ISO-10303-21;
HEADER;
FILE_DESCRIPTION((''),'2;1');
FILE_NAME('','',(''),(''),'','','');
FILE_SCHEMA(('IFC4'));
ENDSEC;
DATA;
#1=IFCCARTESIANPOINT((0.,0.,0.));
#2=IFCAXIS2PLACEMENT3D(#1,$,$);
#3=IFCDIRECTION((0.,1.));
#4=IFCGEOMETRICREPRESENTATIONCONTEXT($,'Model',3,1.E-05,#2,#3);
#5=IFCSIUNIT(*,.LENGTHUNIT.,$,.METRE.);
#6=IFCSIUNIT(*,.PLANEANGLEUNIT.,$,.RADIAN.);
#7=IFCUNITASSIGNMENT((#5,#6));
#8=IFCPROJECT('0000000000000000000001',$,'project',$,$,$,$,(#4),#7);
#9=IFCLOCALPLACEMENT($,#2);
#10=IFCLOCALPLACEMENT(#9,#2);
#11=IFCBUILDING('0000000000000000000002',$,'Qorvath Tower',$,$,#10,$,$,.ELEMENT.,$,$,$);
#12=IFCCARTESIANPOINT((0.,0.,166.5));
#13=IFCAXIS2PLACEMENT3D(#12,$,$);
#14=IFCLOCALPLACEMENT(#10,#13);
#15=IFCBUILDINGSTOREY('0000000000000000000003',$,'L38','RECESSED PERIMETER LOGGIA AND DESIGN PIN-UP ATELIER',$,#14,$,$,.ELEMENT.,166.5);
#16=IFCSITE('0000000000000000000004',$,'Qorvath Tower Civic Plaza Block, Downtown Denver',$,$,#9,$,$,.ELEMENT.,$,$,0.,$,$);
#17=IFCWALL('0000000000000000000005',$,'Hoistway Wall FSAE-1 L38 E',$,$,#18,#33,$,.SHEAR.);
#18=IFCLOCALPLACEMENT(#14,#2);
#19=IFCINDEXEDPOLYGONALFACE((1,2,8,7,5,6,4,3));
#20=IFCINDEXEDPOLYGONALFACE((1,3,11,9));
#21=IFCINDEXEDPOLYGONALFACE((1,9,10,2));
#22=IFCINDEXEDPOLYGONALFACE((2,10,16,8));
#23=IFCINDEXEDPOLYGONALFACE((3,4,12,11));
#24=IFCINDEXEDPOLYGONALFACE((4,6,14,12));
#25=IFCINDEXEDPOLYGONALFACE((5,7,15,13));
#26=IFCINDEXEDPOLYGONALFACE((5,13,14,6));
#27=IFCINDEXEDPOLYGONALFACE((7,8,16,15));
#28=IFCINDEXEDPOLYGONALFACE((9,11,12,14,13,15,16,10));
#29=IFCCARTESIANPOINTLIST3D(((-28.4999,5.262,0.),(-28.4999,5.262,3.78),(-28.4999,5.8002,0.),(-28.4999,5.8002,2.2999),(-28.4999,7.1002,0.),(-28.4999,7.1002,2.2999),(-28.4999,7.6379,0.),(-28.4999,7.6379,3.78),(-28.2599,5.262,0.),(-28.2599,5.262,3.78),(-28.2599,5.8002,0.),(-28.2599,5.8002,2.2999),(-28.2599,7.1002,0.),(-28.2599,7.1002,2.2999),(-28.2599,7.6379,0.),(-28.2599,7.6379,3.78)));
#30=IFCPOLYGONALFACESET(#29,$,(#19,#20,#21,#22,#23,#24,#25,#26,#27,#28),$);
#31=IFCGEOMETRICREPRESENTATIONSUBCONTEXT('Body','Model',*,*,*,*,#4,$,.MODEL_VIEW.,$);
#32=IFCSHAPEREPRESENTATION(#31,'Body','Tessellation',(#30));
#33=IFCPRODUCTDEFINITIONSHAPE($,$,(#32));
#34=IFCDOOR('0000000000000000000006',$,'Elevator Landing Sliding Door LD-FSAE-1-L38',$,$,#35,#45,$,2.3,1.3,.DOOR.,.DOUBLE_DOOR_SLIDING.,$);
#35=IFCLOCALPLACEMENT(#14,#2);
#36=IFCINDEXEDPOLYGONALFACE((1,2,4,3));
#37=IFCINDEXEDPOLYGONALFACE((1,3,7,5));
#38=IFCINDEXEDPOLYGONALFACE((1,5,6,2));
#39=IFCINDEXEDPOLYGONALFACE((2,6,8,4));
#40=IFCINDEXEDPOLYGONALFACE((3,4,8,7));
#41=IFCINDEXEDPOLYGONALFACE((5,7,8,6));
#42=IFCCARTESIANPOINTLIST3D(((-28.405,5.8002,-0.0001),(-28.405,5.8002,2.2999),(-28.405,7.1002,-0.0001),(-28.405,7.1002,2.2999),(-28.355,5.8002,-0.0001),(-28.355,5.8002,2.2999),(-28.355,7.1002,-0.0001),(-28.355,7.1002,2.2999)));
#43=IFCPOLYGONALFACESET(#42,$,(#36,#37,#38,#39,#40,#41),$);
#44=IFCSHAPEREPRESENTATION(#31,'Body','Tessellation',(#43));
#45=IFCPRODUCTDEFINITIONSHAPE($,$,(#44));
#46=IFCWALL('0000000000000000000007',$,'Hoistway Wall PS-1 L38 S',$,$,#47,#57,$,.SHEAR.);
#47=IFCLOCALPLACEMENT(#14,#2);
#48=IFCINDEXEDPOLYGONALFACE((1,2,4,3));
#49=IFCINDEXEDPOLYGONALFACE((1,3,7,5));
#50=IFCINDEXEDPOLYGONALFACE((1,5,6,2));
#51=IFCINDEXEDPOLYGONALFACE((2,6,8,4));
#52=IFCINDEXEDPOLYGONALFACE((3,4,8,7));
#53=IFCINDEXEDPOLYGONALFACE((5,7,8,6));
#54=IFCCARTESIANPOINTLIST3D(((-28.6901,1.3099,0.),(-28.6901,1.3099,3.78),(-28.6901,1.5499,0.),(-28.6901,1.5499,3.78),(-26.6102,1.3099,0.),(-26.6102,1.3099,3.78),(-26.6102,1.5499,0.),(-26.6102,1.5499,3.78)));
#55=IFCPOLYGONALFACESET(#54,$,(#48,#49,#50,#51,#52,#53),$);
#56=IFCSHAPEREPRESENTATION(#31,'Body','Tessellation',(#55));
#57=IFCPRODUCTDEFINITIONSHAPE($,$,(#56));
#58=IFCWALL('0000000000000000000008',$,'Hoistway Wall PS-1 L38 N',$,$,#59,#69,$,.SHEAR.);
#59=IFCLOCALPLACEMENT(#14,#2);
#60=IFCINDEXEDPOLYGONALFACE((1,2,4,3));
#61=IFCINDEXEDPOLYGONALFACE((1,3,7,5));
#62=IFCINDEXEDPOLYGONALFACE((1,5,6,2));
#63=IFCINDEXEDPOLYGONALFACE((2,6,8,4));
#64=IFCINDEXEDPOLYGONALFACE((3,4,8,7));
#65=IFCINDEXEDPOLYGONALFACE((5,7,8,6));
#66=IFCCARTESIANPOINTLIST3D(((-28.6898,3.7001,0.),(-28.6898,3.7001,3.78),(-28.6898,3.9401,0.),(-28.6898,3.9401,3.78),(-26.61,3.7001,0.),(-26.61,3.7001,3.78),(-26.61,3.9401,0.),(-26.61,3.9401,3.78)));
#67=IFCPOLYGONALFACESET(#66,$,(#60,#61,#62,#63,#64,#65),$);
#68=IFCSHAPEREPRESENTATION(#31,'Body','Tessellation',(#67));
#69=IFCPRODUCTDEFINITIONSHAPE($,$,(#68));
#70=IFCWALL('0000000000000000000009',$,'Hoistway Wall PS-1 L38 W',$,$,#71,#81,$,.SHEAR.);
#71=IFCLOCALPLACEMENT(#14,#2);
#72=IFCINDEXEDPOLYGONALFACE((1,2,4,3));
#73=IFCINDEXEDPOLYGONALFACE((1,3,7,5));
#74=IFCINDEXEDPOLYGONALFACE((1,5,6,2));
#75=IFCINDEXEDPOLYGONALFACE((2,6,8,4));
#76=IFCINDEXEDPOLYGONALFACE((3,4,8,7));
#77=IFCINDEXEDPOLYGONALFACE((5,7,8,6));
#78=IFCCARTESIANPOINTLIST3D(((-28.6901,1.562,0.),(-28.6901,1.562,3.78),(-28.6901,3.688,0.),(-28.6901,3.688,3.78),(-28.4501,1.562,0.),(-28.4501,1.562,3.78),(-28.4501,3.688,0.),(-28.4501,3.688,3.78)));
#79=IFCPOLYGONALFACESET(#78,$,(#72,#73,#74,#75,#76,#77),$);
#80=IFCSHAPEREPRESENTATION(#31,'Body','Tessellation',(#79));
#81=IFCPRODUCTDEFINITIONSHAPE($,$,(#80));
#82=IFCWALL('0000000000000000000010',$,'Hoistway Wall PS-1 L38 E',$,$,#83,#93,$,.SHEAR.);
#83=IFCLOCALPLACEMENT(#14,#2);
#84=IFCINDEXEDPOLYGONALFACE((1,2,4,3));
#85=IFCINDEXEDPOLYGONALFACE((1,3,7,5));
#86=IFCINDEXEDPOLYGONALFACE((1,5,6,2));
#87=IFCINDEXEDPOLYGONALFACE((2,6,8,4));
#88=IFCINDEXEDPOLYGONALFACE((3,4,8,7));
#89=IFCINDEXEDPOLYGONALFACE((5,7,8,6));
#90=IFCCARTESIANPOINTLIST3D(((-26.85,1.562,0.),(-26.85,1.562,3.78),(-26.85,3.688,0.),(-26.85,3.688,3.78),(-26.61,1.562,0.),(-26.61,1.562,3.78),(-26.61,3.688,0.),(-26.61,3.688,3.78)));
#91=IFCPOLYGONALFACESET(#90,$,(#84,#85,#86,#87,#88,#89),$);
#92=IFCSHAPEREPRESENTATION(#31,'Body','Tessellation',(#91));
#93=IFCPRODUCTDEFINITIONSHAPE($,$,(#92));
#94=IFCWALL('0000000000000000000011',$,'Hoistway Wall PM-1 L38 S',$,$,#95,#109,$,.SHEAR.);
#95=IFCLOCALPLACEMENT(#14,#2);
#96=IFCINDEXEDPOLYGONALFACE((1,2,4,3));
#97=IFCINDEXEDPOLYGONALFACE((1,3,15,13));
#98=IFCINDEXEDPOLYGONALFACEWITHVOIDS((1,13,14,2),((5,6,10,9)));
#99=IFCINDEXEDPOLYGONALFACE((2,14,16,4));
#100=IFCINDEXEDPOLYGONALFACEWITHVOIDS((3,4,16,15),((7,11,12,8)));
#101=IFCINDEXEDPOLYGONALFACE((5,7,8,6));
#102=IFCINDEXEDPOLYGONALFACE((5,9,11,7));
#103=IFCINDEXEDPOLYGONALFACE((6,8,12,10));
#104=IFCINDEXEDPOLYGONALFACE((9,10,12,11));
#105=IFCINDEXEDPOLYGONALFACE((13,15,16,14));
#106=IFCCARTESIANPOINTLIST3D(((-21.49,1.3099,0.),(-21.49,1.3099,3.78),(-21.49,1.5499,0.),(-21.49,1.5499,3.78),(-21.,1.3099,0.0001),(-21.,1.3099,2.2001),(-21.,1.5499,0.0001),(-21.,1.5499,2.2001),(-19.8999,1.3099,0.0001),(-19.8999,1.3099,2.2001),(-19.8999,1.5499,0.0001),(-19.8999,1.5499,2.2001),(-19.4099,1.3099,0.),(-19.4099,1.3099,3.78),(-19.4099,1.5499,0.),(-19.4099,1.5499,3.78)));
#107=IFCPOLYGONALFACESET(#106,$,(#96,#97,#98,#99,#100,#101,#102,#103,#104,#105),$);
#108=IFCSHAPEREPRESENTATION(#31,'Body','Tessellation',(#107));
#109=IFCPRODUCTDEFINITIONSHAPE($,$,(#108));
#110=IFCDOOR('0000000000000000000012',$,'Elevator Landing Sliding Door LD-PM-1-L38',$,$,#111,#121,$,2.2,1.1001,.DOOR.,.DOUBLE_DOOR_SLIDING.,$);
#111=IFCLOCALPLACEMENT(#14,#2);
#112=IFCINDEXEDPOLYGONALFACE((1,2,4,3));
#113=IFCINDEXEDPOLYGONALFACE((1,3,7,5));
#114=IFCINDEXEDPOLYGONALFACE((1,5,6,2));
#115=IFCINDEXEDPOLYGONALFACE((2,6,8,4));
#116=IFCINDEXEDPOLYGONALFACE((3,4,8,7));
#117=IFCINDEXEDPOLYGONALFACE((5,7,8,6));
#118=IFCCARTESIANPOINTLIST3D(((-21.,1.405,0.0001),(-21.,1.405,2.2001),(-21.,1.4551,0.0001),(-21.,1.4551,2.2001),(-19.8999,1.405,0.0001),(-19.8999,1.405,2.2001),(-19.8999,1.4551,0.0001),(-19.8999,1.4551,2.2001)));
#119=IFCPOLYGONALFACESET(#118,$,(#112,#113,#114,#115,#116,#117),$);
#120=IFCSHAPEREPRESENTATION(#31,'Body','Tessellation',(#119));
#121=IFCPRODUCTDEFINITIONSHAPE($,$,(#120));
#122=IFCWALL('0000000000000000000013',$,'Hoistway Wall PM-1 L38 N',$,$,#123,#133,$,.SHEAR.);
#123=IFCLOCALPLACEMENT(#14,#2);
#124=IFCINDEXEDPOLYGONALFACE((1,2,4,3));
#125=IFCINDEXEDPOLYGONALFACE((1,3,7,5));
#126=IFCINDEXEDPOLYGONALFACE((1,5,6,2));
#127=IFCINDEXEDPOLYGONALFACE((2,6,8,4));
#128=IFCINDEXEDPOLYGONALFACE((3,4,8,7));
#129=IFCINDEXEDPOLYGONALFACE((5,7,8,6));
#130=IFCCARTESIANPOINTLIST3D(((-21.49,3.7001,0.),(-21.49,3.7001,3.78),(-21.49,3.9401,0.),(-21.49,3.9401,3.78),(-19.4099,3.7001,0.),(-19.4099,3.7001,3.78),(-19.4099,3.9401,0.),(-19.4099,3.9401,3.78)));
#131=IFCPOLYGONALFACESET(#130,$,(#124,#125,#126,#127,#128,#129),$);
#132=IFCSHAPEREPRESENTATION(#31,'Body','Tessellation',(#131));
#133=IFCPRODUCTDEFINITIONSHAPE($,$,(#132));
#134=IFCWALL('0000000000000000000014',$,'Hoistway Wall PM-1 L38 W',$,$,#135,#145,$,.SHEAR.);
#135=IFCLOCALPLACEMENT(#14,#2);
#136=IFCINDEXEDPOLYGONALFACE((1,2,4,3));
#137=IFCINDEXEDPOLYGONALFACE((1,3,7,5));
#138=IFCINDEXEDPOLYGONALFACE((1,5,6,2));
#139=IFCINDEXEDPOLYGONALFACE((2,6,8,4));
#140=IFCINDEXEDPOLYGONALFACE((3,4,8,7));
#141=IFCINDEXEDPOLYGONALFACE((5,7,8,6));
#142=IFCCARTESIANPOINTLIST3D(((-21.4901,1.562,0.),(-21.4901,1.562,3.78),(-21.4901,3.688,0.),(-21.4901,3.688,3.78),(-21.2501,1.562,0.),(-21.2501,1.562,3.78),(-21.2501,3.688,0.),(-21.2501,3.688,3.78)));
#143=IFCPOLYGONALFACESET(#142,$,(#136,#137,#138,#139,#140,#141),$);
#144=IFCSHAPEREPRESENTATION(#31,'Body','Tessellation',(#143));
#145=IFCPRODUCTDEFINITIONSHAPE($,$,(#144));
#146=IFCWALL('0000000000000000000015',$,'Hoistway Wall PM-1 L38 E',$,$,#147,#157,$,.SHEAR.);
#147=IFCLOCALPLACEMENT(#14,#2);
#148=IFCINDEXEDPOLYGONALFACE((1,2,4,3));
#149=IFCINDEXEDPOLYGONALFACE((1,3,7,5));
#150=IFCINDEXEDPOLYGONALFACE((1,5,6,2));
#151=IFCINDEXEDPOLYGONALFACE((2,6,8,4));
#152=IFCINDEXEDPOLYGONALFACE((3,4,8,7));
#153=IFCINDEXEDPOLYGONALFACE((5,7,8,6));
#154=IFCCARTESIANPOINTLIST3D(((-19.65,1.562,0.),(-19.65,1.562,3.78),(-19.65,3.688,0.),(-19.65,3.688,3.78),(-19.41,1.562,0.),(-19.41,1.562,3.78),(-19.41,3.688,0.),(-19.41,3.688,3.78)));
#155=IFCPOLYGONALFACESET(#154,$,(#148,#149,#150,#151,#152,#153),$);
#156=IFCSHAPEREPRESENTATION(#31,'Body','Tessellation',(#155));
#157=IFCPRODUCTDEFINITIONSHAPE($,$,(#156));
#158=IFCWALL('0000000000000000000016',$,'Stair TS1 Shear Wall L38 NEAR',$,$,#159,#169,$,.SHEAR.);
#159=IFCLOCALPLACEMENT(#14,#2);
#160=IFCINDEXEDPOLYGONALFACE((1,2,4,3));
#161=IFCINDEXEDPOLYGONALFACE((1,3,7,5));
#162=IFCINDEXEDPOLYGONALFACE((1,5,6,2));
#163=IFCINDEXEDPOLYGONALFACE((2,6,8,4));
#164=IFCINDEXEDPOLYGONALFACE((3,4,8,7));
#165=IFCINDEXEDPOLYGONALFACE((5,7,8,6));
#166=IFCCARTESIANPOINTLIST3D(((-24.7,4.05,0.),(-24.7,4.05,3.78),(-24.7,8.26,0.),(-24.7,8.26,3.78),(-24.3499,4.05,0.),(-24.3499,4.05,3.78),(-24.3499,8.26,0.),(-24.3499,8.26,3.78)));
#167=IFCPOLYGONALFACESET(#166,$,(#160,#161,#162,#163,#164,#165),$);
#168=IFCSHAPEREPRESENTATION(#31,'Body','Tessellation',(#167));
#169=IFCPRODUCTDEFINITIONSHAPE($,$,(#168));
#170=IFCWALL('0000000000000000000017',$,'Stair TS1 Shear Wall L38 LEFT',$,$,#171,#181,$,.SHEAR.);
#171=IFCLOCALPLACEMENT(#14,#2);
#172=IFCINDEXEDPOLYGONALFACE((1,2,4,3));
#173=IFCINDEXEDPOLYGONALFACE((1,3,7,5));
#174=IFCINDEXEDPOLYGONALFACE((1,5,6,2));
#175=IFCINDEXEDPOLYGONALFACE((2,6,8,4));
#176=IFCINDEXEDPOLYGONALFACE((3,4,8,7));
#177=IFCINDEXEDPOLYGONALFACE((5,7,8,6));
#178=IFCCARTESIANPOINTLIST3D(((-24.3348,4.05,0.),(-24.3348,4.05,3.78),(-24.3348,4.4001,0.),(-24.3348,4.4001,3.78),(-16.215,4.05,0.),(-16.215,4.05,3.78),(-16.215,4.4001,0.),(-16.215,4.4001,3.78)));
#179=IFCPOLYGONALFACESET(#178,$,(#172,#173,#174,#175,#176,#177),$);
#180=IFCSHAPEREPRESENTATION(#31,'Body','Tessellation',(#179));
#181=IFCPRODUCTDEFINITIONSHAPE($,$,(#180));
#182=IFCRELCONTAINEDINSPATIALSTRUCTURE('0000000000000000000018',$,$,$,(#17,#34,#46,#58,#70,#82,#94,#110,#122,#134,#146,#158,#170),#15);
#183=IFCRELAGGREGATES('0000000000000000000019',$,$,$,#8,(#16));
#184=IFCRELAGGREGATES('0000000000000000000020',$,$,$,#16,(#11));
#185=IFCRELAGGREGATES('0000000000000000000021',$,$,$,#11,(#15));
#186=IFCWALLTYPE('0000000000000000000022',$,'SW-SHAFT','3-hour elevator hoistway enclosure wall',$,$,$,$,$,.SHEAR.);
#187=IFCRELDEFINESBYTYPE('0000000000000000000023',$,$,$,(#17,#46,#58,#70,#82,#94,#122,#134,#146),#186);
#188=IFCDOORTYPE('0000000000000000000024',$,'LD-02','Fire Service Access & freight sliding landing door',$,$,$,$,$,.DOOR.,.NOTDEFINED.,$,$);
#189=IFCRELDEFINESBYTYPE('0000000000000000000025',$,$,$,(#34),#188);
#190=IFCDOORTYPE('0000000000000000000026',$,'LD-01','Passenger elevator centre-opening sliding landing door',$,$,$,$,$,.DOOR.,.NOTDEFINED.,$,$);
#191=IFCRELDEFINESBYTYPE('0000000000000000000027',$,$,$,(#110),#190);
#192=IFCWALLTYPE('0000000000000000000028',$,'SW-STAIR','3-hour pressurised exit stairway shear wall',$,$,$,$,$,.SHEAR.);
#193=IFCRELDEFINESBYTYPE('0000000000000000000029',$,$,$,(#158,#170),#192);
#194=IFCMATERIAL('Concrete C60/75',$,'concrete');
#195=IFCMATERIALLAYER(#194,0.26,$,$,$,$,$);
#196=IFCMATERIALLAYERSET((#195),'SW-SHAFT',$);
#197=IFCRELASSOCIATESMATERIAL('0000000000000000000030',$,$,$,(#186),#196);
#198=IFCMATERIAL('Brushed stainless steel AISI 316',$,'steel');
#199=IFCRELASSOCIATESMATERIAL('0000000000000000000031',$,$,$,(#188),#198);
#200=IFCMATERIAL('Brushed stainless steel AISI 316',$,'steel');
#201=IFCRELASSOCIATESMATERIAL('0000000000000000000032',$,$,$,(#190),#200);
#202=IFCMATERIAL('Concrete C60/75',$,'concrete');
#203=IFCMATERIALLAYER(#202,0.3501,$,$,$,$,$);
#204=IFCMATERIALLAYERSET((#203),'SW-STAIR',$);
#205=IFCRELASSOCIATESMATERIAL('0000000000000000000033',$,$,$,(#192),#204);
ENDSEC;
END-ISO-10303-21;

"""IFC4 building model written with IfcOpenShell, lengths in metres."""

from ifc_helpers import new_model, si_unit, direction, frame, frame_2d, origin, place, context, subcontext, project, spatial, rectangle, extrude, material, layer, layer_set, type_object, element, fill, save


model = new_model("IFC4")

# Units and contexts
model_context = context("Model", 3, precision=1e-05, world=origin(), true_north=direction((0.0, 1.0)))
body_context = subcontext(model_context, "Body", "Model", "MODEL_VIEW")
ifc_project = project(units=[si_unit("LENGTHUNIT", "METRE"), si_unit("PLANEANGLEUNIT", "RADIAN")], contexts=[model_context])

# Site, building, storey
site_placement = place(None, origin())
site = spatial("IfcSite", under=ifc_project, at=site_placement, Name="Qorvath Tower Civic Plaza Block, Downtown Denver", CompositionType="ELEMENT", RefElevation=0.0)
building_placement = place(site_placement, origin())
building = spatial("IfcBuilding", under=site, at=building_placement, Name="Qorvath Tower", CompositionType="ELEMENT")
storey_placement = place(building_placement, frame((0.0, 0.0, 166.5)))
storey = spatial("IfcBuildingStorey", under=building, at=storey_placement, Name="L38", Description="RECESSED PERIMETER LOGGIA AND DESIGN PIN-UP ATELIER", CompositionType="ELEMENT", Elevation=166.5)

# Shared definitions
ifc_material_1 = material(Name="Concrete C60/75", Category="concrete")
ifc_layer_1 = layer(ifc_material_1, 0.26)
ifc_layer_set_1 = layer_set([ifc_layer_1], Name="SW-SHAFT")
wall_type_1 = type_object("IfcWallType", Name="SW-SHAFT", Description="3-hour elevator hoistway enclosure wall", PredefinedType="SHEAR", material=ifc_layer_set_1)

# Wall, opening, door
wall_1_placement = place(storey_placement, frame((-28.3799, 7.6379, 0.0), z_axis=(0.0, 0.0, 1.0), x_axis=(0.0, -1.0, 0.0)))
wall_1 = element("IfcWall", 1, at=wall_1_placement, inside=storey, type_object=wall_type_1, Name="Hoistway Wall FSAE-1 L38 E", PredefinedType="SHEAR", context=body_context, shape_type="SweptSolid", body=[
    extrude(rectangle(XDim=2.376, YDim=0.24, at=frame_2d((1.188, 0.0))), origin(), (0.0, 0.0, 1.0), 3.78),
])
opening_1_placement = place(wall_1_placement, frame((0.5378, 0.0, 0.0)))
opening_1 = element("IfcOpeningElement", 2, at=opening_1_placement, cuts=wall_1, PredefinedType="OPENING", context=body_context, shape_type="SweptSolid", body=[
    extrude(rectangle(XDim=1.3, YDim=2.3, at=frame_2d((0.6499, 1.1499))), frame((0.0, 0.1299, 0.0), z_axis=(0.0, -1.0, 0.0), x_axis=(1.0, 0.0, 0.0)), (0.0, 0.0, 1.0), 0.26),
])
ifc_material_2 = material(Name="Brushed stainless steel AISI 316", Category="steel")
door_type_1 = type_object("IfcDoorType", Name="LD-02", Description="Fire Service Access & freight sliding landing door", OperationType="NOTDEFINED", PredefinedType="DOOR", material=ifc_material_2)
door_1_placement = place(opening_1_placement, origin())
door_1 = element("IfcDoor", 3, at=door_1_placement, inside=storey, type_object=door_type_1, Name="Elevator Landing Sliding Door LD-FSAE-1-L38", OperationType="DOUBLE_DOOR_SLIDING", OverallHeight=2.3, OverallWidth=1.3, PredefinedType="DOOR", context=body_context, shape_type="SweptSolid", body=[
    extrude(rectangle(XDim=1.3, YDim=2.3, at=frame_2d((0.6499, 1.1499))), frame((0.0, 0.0249, 0.0), z_axis=(0.0, -1.0, 0.0), x_axis=(1.0, 0.0, 0.0)), (0.0, 0.0, 1.0), 0.05),
])
fill(opening_1, door_1)

# Walls
for number, where, z_axis, x_axis, name in (
    (4, (-26.6101, 1.4299, 0.0), (0.0, 0.0, 1.0), (-1.0, 0.0, 0.0), "Hoistway Wall PS-1 L38 S"),
    (5, (-28.6899, 3.8201, 0.0), (0.0, 0.0, 1.0), (1.0, 0.0, 0.0), "Hoistway Wall PS-1 L38 N"),
):
    element("IfcWall", number, at=place(storey_placement, frame(where, z_axis=z_axis, x_axis=x_axis)), inside=storey, type_object=wall_type_1, Name=name, PredefinedType="SHEAR", context=body_context, shape_type="SweptSolid", body=[
        extrude(rectangle(XDim=2.0798, YDim=0.24, at=frame_2d((1.04, 0.0))), origin(), (0.0, 0.0, 1.0), 3.78),
    ])
for number, where, z_axis, x_axis, name in (
    (6, (-28.5701, 1.562, 0.0), (0.0, 0.0, 1.0), (0.0, 1.0, 0.0), "Hoistway Wall PS-1 L38 W"),
    (7, (-26.73, 3.688, 0.0), (0.0, 0.0, 1.0), (0.0, -1.0, 0.0), "Hoistway Wall PS-1 L38 E"),
):
    element("IfcWall", number, at=place(storey_placement, frame(where, z_axis=z_axis, x_axis=x_axis)), inside=storey, type_object=wall_type_1, Name=name, PredefinedType="SHEAR", context=body_context, shape_type="SweptSolid", body=[
        extrude(rectangle(XDim=2.126, YDim=0.24, at=frame_2d((1.063, 0.0))), origin(), (0.0, 0.0, 1.0), 3.78),
    ])

# Wall, opening, door
wall_2_placement = place(storey_placement, frame((-19.4099, 1.4299, 0.0), z_axis=(0.0, 0.0, 1.0), x_axis=(-1.0, 0.0, 0.0)))
wall_2 = element("IfcWall", 8, at=wall_2_placement, inside=storey, type_object=wall_type_1, Name="Hoistway Wall PM-1 L38 S", PredefinedType="SHEAR", context=body_context, shape_type="SweptSolid", body=[
    extrude(rectangle(XDim=2.0801, YDim=0.24, at=frame_2d((1.04, 0.0))), origin(), (0.0, 0.0, 1.0), 3.78),
])
opening_2_placement = place(wall_2_placement, frame((0.49, 0.0, 0.0)))
opening_2 = element("IfcOpeningElement", 9, at=opening_2_placement, cuts=wall_2, PredefinedType="OPENING", context=body_context, shape_type="SweptSolid", body=[
    extrude(rectangle(XDim=1.1001, YDim=2.2, at=frame_2d((0.55, 1.1001))), frame((0.0, 0.1299, 0.0), z_axis=(0.0, -1.0, 0.0), x_axis=(1.0, 0.0, 0.0)), (0.0, 0.0, 1.0), 0.26),
])
ifc_material_3 = material(Name="Brushed stainless steel AISI 316", Category="steel")
door_type_2 = type_object("IfcDoorType", Name="LD-01", Description="Passenger elevator centre-opening sliding landing door", OperationType="NOTDEFINED", PredefinedType="DOOR", material=ifc_material_3)
door_2_placement = place(opening_2_placement, origin())
door_2 = element("IfcDoor", 10, at=door_2_placement, inside=storey, type_object=door_type_2, Name="Elevator Landing Sliding Door LD-PM-1-L38", OperationType="DOUBLE_DOOR_SLIDING", OverallHeight=2.2, OverallWidth=1.1001, PredefinedType="DOOR", context=body_context, shape_type="SweptSolid", body=[
    extrude(rectangle(XDim=1.1001, YDim=2.2, at=frame_2d((0.55, 1.1001))), frame((0.0, 0.0249, 0.0), z_axis=(0.0, -1.0, 0.0), x_axis=(1.0, 0.0, 0.0)), (0.0, 0.0, 1.0), 0.05),
])
fill(opening_2, door_2)

# Walls
wall_3_placement = place(storey_placement, frame((-21.49, 3.8201, 0.0), z_axis=(0.0, 0.0, 1.0), x_axis=(1.0, 0.0, 0.0)))
element("IfcWall", 11, at=wall_3_placement, inside=storey, type_object=wall_type_1, Name="Hoistway Wall PM-1 L38 N", PredefinedType="SHEAR", context=body_context, shape_type="SweptSolid", body=[
    extrude(rectangle(XDim=2.0801, YDim=0.24, at=frame_2d((1.04, 0.0))), origin(), (0.0, 0.0, 1.0), 3.78),
])
for number, where, z_axis, x_axis, name in (
    (12, (-21.3701, 1.562, 0.0), (0.0, 0.0, 1.0), (0.0, 1.0, 0.0), "Hoistway Wall PM-1 L38 W"),
    (13, (-19.53, 3.688, 0.0), (0.0, 0.0, 1.0), (0.0, -1.0, 0.0), "Hoistway Wall PM-1 L38 E"),
):
    element("IfcWall", number, at=place(storey_placement, frame(where, z_axis=z_axis, x_axis=x_axis)), inside=storey, type_object=wall_type_1, Name=name, PredefinedType="SHEAR", context=body_context, shape_type="SweptSolid", body=[
        extrude(rectangle(XDim=2.126, YDim=0.24, at=frame_2d((1.063, 0.0))), origin(), (0.0, 0.0, 1.0), 3.78),
    ])
ifc_material_4 = material(Name="Concrete C60/75", Category="concrete")
ifc_layer_2 = layer(ifc_material_4, 0.3501)
ifc_layer_set_2 = layer_set([ifc_layer_2], Name="SW-STAIR")
wall_type_2 = type_object("IfcWallType", Name="SW-STAIR", Description="3-hour pressurised exit stairway shear wall", PredefinedType="SHEAR", material=ifc_layer_set_2)
wall_4_placement = place(storey_placement, frame((-24.5249, 8.26, 0.0), z_axis=(0.0, 0.0, 1.0), x_axis=(0.0, -1.0, 0.0)))
element("IfcWall", 14, at=wall_4_placement, inside=storey, type_object=wall_type_2, Name="Stair TS1 Shear Wall L38 NEAR", PredefinedType="SHEAR", context=body_context, shape_type="SweptSolid", body=[
    extrude(rectangle(XDim=4.21, YDim=0.3501, at=frame_2d((2.105, 0.0))), origin(), (0.0, 0.0, 1.0), 3.78),
])
wall_5_placement = place(storey_placement, frame((-24.335, 4.2251, 0.0), z_axis=(0.0, 0.0, 1.0), x_axis=(1.0, 0.0, 0.0)))
element("IfcWall", 15, at=wall_5_placement, inside=storey, type_object=wall_type_2, Name="Stair TS1 Shear Wall L38 LEFT", PredefinedType="SHEAR", context=body_context, shape_type="SweptSolid", body=[
    extrude(rectangle(XDim=8.1199, YDim=0.3501, at=frame_2d((4.0601, 0.0))), origin(), (0.0, 0.0, 1.0), 3.78),
])

save(model, "model.ifc")
